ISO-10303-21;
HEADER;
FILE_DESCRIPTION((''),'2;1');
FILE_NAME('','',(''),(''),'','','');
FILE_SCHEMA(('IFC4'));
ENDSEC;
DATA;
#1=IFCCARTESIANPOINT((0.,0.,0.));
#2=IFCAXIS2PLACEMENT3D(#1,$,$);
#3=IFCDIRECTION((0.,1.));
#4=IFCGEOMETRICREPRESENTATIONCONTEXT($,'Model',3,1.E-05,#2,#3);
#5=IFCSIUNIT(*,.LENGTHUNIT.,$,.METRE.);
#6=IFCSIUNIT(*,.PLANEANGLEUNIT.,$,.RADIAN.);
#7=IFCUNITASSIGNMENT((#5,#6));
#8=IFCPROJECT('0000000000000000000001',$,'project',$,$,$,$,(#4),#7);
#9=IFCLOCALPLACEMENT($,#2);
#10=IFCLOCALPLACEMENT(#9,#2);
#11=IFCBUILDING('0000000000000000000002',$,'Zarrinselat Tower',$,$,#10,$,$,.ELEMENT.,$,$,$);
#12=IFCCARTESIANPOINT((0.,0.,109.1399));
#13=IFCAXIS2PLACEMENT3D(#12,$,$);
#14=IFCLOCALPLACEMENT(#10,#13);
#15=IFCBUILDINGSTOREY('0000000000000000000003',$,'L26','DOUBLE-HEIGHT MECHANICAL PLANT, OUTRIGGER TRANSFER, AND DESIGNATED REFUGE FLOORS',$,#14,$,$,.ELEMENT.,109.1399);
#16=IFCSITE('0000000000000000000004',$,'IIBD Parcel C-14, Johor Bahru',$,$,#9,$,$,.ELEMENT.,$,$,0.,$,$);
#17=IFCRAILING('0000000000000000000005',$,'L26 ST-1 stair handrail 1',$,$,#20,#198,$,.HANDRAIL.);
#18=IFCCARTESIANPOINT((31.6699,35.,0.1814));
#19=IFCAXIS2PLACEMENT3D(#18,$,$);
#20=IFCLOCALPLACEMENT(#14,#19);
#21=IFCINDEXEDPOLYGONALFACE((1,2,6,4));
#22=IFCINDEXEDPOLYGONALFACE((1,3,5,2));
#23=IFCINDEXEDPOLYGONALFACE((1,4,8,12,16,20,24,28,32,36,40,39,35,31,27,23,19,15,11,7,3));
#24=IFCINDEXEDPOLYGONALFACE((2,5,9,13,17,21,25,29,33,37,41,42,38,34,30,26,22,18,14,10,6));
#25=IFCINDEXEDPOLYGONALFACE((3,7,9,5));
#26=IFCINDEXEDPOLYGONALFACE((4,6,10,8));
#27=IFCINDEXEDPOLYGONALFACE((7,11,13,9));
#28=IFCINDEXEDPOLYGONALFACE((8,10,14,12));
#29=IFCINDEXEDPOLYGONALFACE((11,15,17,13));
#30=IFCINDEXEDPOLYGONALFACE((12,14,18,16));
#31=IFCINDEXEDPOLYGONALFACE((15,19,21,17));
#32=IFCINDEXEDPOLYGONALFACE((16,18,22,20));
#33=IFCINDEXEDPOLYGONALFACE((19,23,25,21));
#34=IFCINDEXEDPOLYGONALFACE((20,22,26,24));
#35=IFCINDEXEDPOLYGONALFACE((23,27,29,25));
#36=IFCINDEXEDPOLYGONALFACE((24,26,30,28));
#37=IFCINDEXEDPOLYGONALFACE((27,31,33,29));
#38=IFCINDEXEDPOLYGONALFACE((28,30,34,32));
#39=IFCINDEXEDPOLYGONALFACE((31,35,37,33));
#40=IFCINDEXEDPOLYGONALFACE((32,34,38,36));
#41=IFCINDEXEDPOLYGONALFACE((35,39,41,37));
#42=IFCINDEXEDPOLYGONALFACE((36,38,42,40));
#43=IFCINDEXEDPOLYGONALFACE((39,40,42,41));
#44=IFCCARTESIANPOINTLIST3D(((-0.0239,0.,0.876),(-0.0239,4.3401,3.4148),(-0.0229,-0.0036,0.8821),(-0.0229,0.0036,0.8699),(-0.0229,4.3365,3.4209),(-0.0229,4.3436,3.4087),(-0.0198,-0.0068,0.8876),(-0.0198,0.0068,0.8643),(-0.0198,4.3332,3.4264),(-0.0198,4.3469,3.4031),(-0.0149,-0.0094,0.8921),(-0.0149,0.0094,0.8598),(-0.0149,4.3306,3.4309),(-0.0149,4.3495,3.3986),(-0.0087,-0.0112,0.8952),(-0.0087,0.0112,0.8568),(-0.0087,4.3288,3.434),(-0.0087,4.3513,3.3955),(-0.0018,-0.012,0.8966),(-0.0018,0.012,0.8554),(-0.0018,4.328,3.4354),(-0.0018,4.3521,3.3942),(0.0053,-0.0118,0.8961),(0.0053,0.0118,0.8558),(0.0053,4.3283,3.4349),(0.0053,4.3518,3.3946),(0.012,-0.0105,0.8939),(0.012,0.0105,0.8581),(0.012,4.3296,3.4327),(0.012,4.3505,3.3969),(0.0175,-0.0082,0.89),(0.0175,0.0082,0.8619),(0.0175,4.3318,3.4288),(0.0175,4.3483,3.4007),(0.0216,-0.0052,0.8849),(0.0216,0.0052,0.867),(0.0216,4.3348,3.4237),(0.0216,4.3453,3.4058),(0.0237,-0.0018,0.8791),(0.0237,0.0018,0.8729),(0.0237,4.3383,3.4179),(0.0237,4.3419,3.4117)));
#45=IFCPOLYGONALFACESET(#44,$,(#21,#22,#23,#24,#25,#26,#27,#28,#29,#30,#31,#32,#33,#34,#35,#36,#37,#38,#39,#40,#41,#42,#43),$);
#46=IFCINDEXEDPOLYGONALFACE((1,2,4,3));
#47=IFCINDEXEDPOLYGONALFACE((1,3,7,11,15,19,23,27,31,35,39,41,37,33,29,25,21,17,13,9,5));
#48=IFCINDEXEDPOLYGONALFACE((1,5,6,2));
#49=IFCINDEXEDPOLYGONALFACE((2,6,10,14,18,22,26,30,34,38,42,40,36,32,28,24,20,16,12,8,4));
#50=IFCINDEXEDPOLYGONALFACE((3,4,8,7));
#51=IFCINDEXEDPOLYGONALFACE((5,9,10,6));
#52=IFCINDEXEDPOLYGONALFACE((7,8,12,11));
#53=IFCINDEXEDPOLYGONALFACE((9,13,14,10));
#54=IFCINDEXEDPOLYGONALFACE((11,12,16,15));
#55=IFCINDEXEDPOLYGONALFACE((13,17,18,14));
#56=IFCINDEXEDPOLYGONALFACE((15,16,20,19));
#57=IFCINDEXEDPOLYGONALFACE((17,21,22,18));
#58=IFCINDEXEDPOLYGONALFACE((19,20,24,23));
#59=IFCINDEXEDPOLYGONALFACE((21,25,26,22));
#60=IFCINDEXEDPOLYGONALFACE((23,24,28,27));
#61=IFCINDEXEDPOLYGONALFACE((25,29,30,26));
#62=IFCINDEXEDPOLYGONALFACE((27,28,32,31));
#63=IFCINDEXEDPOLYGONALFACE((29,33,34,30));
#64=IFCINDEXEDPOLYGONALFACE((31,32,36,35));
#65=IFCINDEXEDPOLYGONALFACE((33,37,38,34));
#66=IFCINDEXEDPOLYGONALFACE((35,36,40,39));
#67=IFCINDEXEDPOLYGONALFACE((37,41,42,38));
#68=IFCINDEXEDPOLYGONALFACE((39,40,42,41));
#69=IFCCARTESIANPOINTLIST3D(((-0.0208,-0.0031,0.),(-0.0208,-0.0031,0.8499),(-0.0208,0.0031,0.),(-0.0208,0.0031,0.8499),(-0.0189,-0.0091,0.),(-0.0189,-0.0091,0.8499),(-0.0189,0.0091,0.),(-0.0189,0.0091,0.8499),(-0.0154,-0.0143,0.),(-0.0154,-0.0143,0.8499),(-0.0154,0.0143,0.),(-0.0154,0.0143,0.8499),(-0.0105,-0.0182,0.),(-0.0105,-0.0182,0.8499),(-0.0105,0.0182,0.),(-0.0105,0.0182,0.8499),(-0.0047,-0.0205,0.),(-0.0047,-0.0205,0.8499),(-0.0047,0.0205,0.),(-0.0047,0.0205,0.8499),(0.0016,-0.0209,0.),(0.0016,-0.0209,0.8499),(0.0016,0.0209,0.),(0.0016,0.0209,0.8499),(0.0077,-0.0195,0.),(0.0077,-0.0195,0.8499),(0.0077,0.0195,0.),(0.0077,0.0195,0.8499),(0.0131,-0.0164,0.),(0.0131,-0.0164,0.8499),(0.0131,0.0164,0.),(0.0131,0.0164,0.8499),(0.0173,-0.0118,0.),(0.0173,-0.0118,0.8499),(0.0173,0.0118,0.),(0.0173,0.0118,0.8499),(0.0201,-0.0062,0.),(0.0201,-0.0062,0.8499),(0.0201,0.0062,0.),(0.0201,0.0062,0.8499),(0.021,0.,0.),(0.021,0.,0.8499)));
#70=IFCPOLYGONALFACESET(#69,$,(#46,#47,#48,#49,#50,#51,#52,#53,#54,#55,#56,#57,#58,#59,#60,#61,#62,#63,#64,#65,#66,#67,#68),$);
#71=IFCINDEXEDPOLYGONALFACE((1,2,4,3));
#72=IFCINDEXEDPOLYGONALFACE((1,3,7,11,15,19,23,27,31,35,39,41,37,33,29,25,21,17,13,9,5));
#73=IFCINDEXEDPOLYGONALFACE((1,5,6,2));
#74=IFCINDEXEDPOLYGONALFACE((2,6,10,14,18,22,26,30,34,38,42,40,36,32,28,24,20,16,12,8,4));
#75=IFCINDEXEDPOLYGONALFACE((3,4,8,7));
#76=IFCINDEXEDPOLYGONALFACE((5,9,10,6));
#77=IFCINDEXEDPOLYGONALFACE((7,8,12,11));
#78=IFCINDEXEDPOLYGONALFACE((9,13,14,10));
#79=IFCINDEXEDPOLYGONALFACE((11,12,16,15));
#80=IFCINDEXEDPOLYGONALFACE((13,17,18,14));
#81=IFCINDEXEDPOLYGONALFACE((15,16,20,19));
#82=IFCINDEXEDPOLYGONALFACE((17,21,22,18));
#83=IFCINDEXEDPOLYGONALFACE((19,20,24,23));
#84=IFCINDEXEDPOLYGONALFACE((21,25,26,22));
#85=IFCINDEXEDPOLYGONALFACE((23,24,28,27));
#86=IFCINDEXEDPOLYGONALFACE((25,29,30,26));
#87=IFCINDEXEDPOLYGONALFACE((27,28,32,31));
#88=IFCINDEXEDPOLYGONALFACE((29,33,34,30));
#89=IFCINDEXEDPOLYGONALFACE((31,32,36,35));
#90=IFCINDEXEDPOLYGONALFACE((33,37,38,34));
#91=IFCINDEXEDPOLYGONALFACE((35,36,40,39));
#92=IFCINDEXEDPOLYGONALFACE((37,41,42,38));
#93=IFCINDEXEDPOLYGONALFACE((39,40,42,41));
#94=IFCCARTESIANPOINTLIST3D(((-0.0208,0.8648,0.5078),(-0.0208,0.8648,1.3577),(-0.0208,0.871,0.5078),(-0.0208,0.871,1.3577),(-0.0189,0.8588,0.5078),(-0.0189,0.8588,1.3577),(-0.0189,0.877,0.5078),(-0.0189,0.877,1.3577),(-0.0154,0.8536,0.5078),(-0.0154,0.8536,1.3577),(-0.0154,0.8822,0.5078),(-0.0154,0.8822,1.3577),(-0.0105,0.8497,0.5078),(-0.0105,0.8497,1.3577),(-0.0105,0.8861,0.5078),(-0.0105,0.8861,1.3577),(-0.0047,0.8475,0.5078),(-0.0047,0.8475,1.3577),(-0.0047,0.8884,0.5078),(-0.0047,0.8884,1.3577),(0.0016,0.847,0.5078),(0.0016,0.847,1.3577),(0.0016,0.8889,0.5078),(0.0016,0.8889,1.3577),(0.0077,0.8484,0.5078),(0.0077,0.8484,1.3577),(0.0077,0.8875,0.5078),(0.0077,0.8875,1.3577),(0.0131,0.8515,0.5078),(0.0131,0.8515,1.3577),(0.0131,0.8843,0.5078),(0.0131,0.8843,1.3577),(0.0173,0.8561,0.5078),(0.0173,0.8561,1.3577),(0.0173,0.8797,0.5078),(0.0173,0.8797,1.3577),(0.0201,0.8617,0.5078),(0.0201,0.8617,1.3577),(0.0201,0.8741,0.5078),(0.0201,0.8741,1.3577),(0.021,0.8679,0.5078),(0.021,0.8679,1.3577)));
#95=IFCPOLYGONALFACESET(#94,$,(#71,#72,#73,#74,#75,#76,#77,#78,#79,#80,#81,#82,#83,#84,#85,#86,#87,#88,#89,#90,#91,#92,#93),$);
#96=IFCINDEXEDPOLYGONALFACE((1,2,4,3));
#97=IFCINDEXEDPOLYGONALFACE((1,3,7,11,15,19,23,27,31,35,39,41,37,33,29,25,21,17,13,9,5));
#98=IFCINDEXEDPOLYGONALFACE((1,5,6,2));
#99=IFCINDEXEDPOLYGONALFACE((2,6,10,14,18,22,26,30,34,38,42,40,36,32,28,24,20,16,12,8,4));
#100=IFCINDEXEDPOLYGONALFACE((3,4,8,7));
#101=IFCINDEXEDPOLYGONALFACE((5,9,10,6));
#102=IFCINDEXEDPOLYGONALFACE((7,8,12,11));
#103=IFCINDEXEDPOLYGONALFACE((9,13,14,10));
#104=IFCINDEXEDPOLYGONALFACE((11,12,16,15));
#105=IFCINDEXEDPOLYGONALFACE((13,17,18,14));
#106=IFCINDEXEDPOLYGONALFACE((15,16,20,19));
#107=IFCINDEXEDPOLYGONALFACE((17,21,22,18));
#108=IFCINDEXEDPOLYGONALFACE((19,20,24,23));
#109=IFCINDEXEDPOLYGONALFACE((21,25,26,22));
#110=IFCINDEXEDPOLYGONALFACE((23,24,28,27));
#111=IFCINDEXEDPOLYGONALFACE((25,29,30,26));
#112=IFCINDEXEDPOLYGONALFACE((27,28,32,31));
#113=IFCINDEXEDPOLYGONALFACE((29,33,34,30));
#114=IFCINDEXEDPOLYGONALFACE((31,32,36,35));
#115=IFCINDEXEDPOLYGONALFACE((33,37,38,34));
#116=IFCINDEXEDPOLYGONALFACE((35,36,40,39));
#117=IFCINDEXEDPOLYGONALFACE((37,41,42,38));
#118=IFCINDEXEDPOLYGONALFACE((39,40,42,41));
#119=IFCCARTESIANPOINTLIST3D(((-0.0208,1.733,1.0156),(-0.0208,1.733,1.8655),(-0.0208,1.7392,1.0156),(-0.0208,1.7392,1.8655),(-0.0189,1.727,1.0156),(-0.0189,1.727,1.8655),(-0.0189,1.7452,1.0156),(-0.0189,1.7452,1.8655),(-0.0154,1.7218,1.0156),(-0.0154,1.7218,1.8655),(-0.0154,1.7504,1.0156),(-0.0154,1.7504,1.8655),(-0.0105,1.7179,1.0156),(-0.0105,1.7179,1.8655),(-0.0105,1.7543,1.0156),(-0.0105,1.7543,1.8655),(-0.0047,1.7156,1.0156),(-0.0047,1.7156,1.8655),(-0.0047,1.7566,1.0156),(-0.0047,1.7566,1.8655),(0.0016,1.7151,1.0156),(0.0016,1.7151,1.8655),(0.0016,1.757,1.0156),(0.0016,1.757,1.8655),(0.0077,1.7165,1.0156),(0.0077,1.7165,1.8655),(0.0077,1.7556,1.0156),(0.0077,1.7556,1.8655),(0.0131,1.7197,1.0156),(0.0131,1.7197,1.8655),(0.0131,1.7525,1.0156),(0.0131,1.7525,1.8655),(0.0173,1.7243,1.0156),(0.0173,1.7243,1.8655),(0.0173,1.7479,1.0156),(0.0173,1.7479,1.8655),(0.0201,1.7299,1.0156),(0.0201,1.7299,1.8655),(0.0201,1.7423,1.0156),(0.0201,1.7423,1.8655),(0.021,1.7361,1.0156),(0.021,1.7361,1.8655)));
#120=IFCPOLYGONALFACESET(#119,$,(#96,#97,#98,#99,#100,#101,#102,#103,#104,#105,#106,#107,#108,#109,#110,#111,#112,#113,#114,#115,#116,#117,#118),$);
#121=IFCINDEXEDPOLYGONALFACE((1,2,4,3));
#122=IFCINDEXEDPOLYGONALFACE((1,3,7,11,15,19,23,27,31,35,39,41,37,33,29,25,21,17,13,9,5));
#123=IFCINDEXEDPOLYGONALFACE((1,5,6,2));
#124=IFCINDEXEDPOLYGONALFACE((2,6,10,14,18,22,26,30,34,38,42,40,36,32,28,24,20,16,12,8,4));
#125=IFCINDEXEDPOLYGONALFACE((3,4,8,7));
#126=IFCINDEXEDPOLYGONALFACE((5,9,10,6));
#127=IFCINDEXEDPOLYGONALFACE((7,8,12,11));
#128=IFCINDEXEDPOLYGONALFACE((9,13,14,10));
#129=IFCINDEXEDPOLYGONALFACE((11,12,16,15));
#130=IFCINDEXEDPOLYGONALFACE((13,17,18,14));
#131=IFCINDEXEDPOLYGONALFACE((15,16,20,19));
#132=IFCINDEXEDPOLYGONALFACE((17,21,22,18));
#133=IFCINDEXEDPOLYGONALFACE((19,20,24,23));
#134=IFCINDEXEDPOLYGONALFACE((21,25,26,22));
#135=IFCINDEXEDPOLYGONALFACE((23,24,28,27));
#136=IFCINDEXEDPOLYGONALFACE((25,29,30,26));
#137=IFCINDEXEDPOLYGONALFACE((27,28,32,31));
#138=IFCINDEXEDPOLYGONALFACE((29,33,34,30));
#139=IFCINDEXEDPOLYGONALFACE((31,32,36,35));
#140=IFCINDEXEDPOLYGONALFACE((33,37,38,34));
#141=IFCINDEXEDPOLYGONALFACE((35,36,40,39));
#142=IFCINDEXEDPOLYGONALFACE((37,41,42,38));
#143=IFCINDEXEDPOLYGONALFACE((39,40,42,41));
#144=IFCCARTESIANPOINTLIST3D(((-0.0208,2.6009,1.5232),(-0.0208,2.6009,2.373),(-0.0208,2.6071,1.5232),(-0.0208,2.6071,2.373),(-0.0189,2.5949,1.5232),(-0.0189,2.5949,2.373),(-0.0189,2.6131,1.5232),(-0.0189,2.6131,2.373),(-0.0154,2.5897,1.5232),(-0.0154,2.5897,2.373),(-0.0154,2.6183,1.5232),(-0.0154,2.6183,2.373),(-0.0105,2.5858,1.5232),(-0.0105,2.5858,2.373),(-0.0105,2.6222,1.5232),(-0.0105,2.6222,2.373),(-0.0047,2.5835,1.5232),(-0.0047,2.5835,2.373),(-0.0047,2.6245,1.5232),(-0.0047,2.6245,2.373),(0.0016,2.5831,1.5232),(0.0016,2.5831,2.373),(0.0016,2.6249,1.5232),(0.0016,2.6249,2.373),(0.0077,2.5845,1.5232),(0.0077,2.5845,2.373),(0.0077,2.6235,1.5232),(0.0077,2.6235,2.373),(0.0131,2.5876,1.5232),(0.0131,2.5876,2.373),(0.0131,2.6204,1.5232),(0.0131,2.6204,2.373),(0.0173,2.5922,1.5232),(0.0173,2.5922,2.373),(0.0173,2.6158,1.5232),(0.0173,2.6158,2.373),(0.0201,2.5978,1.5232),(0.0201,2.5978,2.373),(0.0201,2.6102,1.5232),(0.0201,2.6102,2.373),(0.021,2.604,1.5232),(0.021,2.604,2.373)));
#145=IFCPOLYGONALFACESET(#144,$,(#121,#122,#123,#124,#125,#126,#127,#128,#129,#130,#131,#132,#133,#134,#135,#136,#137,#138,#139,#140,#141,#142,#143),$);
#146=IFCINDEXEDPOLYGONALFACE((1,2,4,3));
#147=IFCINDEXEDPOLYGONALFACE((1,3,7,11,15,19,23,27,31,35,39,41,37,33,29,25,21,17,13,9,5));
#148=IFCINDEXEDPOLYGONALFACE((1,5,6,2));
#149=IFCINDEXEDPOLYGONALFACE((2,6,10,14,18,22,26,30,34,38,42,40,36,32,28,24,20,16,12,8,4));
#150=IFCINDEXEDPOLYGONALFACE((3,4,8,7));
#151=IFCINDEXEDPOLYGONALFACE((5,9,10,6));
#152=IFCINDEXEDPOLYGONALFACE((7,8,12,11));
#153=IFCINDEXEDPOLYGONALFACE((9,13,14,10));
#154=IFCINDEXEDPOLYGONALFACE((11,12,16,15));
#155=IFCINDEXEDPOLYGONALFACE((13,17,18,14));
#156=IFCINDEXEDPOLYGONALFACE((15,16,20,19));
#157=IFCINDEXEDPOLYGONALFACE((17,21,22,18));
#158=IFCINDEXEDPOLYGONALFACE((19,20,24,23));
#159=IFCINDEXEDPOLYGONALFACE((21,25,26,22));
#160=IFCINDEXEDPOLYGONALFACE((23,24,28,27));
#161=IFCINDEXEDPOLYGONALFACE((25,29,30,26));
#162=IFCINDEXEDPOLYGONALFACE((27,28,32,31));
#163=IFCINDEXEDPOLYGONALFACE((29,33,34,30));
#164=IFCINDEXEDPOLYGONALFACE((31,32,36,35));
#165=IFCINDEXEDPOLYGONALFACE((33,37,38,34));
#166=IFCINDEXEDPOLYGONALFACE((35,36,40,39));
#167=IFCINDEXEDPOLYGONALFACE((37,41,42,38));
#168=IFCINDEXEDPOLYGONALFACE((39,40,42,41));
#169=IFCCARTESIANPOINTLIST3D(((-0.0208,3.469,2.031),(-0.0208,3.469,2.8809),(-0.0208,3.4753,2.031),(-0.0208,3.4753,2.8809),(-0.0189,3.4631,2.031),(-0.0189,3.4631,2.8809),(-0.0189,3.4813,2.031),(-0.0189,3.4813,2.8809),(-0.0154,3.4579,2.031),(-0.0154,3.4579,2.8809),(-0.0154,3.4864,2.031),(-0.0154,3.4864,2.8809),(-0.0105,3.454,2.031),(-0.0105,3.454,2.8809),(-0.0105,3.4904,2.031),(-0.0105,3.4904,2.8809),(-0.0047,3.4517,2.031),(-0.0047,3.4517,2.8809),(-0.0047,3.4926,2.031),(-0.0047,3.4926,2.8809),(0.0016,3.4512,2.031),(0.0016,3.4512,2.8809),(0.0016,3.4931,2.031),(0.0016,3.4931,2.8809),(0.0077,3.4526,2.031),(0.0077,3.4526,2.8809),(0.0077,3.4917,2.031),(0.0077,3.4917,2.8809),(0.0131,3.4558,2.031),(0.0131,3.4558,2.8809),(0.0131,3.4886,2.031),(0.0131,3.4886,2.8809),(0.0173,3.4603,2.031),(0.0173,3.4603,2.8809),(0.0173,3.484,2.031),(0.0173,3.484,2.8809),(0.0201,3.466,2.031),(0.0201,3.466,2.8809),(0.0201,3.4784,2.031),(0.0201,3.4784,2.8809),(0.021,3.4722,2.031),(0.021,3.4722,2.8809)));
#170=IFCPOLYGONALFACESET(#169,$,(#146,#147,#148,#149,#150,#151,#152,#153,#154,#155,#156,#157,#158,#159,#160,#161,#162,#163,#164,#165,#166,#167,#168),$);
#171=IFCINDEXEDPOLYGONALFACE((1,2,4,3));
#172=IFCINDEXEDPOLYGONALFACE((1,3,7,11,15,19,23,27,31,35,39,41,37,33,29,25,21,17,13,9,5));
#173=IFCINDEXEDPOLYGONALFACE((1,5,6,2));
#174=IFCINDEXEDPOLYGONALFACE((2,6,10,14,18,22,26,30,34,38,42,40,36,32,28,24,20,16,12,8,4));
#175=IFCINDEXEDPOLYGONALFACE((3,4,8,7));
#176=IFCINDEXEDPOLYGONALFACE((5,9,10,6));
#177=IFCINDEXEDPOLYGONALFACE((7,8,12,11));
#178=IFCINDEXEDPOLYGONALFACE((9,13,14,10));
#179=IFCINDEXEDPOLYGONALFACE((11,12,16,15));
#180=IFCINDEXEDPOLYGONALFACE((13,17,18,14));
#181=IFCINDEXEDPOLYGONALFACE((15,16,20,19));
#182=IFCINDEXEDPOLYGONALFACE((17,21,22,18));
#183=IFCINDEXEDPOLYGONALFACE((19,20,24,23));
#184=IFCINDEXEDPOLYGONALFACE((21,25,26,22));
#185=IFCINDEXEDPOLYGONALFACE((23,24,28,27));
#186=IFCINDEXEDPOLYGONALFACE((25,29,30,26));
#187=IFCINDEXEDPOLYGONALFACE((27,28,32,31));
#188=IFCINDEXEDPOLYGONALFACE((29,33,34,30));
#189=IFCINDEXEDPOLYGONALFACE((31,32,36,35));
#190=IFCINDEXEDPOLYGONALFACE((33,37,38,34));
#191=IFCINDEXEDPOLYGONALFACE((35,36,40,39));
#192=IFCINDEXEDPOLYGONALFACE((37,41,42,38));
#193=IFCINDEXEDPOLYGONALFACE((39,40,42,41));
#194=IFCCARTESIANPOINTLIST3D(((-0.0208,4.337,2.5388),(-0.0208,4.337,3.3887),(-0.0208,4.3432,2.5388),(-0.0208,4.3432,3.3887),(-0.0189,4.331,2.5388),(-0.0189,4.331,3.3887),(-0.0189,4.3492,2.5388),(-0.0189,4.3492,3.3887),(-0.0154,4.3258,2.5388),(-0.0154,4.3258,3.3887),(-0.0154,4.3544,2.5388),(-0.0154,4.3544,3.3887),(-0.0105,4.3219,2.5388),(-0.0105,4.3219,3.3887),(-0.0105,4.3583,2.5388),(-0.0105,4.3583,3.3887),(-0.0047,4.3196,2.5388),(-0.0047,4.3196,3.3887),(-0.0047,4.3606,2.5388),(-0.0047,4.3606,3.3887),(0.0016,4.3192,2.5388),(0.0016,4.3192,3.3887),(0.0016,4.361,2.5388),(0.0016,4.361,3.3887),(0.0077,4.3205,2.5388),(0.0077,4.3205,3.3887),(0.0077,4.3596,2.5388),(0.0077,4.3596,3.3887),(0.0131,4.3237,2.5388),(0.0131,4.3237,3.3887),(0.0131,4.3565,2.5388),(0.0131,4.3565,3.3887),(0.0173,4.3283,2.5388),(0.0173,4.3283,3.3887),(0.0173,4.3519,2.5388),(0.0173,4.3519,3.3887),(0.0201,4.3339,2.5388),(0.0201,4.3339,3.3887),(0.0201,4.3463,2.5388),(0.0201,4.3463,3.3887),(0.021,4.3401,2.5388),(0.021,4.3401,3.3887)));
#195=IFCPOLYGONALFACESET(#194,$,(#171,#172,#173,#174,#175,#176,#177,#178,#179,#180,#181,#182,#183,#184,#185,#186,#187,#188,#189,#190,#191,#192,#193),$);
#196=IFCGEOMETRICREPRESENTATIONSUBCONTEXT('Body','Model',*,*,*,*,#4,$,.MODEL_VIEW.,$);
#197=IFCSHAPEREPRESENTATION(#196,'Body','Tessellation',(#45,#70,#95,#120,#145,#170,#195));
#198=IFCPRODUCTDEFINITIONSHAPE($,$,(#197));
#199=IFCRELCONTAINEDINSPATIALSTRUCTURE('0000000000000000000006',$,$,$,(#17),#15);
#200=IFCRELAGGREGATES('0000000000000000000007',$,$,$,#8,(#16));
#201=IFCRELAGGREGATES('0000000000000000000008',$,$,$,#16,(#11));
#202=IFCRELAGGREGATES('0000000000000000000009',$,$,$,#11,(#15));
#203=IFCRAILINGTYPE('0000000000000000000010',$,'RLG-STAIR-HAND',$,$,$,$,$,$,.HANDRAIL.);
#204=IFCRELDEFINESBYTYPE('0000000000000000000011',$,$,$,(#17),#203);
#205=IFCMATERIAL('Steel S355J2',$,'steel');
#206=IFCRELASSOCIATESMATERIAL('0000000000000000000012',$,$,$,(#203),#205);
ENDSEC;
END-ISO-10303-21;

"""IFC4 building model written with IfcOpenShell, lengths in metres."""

from ifc_helpers import new_model, si_unit, direction, frame, origin, origin_2d, place, context, subcontext, project, spatial, circle, extrude, material, type_object, element, save


model = new_model("IFC4")

# Units and contexts
model_context = context("Model", 3, precision=1e-05, world=origin(), true_north=direction((0.0, 1.0)))
body_context = subcontext(model_context, "Body", "Model", "MODEL_VIEW")
ifc_project = project(units=[si_unit("LENGTHUNIT", "METRE"), si_unit("PLANEANGLEUNIT", "RADIAN")], contexts=[model_context])

# Site, building, storey
site_placement = place(None, origin())
site = spatial("IfcSite", under=ifc_project, at=site_placement, Name="IIBD Parcel C-14, Johor Bahru", CompositionType="ELEMENT", RefElevation=0.0)
building_placement = place(site_placement, origin())
building = spatial("IfcBuilding", under=site, at=building_placement, Name="Zarrinselat Tower", CompositionType="ELEMENT")
storey_placement = place(building_placement, frame((0.0, 0.0, 109.1399)))
storey = spatial("IfcBuildingStorey", under=building, at=storey_placement, Name="L26", Description="DOUBLE-HEIGHT MECHANICAL PLANT, OUTRIGGER TRANSFER, AND DESIGNATED REFUGE FLOORS", CompositionType="ELEMENT", Elevation=109.1399)

# Railing
ifc_material_1 = material(Name="Steel S355J2", Category="steel")
railing_type_1 = type_object("IfcRailingType", Name="RLG-STAIR-HAND", PredefinedType="HANDRAIL", material=ifc_material_1)
railing_1_placement = place(storey_placement, frame((31.6699, 35.0, 0.1814)))
element("IfcRailing", 1, at=railing_1_placement, inside=storey, type_object=railing_type_1, Name="L26 ST-1 stair handrail 1", PredefinedType="HANDRAIL", context=body_context, shape_type="SweptSolid", body=[
    extrude(circle(Radius=0.0239, at=origin_2d()), frame((0.0, 0.0, 0.876), z_axis=(0.0, 0.863164, 0.504924), x_axis=(-1.0, 0.0, 0.0)), (0.0, 0.0, 1.0), 5.0281),
    extrude(circle(Radius=0.021, at=origin_2d()), origin(), (0.0, 0.0, 1.0), 0.8499),
    extrude(circle(Radius=0.021, at=origin_2d()), frame((0.0, 0.8679, 0.5078)), (0.0, 0.0, 1.0), 0.8499),
    extrude(circle(Radius=0.021, at=origin_2d()), frame((0.0, 1.7361, 1.0156)), (0.0, 0.0, 1.0), 0.8499),
    extrude(circle(Radius=0.021, at=origin_2d()), frame((0.0, 2.604, 1.5232)), (0.0, 0.0, 1.0), 0.8499),
    extrude(circle(Radius=0.021, at=origin_2d()), frame((0.0, 3.4722, 2.031)), (0.0, 0.0, 1.0), 0.8499),
    extrude(circle(Radius=0.021, at=origin_2d()), frame((0.0, 4.3401, 2.5388)), (0.0, 0.0, 1.0), 0.8499),
])

save(model, "model.ifc")
